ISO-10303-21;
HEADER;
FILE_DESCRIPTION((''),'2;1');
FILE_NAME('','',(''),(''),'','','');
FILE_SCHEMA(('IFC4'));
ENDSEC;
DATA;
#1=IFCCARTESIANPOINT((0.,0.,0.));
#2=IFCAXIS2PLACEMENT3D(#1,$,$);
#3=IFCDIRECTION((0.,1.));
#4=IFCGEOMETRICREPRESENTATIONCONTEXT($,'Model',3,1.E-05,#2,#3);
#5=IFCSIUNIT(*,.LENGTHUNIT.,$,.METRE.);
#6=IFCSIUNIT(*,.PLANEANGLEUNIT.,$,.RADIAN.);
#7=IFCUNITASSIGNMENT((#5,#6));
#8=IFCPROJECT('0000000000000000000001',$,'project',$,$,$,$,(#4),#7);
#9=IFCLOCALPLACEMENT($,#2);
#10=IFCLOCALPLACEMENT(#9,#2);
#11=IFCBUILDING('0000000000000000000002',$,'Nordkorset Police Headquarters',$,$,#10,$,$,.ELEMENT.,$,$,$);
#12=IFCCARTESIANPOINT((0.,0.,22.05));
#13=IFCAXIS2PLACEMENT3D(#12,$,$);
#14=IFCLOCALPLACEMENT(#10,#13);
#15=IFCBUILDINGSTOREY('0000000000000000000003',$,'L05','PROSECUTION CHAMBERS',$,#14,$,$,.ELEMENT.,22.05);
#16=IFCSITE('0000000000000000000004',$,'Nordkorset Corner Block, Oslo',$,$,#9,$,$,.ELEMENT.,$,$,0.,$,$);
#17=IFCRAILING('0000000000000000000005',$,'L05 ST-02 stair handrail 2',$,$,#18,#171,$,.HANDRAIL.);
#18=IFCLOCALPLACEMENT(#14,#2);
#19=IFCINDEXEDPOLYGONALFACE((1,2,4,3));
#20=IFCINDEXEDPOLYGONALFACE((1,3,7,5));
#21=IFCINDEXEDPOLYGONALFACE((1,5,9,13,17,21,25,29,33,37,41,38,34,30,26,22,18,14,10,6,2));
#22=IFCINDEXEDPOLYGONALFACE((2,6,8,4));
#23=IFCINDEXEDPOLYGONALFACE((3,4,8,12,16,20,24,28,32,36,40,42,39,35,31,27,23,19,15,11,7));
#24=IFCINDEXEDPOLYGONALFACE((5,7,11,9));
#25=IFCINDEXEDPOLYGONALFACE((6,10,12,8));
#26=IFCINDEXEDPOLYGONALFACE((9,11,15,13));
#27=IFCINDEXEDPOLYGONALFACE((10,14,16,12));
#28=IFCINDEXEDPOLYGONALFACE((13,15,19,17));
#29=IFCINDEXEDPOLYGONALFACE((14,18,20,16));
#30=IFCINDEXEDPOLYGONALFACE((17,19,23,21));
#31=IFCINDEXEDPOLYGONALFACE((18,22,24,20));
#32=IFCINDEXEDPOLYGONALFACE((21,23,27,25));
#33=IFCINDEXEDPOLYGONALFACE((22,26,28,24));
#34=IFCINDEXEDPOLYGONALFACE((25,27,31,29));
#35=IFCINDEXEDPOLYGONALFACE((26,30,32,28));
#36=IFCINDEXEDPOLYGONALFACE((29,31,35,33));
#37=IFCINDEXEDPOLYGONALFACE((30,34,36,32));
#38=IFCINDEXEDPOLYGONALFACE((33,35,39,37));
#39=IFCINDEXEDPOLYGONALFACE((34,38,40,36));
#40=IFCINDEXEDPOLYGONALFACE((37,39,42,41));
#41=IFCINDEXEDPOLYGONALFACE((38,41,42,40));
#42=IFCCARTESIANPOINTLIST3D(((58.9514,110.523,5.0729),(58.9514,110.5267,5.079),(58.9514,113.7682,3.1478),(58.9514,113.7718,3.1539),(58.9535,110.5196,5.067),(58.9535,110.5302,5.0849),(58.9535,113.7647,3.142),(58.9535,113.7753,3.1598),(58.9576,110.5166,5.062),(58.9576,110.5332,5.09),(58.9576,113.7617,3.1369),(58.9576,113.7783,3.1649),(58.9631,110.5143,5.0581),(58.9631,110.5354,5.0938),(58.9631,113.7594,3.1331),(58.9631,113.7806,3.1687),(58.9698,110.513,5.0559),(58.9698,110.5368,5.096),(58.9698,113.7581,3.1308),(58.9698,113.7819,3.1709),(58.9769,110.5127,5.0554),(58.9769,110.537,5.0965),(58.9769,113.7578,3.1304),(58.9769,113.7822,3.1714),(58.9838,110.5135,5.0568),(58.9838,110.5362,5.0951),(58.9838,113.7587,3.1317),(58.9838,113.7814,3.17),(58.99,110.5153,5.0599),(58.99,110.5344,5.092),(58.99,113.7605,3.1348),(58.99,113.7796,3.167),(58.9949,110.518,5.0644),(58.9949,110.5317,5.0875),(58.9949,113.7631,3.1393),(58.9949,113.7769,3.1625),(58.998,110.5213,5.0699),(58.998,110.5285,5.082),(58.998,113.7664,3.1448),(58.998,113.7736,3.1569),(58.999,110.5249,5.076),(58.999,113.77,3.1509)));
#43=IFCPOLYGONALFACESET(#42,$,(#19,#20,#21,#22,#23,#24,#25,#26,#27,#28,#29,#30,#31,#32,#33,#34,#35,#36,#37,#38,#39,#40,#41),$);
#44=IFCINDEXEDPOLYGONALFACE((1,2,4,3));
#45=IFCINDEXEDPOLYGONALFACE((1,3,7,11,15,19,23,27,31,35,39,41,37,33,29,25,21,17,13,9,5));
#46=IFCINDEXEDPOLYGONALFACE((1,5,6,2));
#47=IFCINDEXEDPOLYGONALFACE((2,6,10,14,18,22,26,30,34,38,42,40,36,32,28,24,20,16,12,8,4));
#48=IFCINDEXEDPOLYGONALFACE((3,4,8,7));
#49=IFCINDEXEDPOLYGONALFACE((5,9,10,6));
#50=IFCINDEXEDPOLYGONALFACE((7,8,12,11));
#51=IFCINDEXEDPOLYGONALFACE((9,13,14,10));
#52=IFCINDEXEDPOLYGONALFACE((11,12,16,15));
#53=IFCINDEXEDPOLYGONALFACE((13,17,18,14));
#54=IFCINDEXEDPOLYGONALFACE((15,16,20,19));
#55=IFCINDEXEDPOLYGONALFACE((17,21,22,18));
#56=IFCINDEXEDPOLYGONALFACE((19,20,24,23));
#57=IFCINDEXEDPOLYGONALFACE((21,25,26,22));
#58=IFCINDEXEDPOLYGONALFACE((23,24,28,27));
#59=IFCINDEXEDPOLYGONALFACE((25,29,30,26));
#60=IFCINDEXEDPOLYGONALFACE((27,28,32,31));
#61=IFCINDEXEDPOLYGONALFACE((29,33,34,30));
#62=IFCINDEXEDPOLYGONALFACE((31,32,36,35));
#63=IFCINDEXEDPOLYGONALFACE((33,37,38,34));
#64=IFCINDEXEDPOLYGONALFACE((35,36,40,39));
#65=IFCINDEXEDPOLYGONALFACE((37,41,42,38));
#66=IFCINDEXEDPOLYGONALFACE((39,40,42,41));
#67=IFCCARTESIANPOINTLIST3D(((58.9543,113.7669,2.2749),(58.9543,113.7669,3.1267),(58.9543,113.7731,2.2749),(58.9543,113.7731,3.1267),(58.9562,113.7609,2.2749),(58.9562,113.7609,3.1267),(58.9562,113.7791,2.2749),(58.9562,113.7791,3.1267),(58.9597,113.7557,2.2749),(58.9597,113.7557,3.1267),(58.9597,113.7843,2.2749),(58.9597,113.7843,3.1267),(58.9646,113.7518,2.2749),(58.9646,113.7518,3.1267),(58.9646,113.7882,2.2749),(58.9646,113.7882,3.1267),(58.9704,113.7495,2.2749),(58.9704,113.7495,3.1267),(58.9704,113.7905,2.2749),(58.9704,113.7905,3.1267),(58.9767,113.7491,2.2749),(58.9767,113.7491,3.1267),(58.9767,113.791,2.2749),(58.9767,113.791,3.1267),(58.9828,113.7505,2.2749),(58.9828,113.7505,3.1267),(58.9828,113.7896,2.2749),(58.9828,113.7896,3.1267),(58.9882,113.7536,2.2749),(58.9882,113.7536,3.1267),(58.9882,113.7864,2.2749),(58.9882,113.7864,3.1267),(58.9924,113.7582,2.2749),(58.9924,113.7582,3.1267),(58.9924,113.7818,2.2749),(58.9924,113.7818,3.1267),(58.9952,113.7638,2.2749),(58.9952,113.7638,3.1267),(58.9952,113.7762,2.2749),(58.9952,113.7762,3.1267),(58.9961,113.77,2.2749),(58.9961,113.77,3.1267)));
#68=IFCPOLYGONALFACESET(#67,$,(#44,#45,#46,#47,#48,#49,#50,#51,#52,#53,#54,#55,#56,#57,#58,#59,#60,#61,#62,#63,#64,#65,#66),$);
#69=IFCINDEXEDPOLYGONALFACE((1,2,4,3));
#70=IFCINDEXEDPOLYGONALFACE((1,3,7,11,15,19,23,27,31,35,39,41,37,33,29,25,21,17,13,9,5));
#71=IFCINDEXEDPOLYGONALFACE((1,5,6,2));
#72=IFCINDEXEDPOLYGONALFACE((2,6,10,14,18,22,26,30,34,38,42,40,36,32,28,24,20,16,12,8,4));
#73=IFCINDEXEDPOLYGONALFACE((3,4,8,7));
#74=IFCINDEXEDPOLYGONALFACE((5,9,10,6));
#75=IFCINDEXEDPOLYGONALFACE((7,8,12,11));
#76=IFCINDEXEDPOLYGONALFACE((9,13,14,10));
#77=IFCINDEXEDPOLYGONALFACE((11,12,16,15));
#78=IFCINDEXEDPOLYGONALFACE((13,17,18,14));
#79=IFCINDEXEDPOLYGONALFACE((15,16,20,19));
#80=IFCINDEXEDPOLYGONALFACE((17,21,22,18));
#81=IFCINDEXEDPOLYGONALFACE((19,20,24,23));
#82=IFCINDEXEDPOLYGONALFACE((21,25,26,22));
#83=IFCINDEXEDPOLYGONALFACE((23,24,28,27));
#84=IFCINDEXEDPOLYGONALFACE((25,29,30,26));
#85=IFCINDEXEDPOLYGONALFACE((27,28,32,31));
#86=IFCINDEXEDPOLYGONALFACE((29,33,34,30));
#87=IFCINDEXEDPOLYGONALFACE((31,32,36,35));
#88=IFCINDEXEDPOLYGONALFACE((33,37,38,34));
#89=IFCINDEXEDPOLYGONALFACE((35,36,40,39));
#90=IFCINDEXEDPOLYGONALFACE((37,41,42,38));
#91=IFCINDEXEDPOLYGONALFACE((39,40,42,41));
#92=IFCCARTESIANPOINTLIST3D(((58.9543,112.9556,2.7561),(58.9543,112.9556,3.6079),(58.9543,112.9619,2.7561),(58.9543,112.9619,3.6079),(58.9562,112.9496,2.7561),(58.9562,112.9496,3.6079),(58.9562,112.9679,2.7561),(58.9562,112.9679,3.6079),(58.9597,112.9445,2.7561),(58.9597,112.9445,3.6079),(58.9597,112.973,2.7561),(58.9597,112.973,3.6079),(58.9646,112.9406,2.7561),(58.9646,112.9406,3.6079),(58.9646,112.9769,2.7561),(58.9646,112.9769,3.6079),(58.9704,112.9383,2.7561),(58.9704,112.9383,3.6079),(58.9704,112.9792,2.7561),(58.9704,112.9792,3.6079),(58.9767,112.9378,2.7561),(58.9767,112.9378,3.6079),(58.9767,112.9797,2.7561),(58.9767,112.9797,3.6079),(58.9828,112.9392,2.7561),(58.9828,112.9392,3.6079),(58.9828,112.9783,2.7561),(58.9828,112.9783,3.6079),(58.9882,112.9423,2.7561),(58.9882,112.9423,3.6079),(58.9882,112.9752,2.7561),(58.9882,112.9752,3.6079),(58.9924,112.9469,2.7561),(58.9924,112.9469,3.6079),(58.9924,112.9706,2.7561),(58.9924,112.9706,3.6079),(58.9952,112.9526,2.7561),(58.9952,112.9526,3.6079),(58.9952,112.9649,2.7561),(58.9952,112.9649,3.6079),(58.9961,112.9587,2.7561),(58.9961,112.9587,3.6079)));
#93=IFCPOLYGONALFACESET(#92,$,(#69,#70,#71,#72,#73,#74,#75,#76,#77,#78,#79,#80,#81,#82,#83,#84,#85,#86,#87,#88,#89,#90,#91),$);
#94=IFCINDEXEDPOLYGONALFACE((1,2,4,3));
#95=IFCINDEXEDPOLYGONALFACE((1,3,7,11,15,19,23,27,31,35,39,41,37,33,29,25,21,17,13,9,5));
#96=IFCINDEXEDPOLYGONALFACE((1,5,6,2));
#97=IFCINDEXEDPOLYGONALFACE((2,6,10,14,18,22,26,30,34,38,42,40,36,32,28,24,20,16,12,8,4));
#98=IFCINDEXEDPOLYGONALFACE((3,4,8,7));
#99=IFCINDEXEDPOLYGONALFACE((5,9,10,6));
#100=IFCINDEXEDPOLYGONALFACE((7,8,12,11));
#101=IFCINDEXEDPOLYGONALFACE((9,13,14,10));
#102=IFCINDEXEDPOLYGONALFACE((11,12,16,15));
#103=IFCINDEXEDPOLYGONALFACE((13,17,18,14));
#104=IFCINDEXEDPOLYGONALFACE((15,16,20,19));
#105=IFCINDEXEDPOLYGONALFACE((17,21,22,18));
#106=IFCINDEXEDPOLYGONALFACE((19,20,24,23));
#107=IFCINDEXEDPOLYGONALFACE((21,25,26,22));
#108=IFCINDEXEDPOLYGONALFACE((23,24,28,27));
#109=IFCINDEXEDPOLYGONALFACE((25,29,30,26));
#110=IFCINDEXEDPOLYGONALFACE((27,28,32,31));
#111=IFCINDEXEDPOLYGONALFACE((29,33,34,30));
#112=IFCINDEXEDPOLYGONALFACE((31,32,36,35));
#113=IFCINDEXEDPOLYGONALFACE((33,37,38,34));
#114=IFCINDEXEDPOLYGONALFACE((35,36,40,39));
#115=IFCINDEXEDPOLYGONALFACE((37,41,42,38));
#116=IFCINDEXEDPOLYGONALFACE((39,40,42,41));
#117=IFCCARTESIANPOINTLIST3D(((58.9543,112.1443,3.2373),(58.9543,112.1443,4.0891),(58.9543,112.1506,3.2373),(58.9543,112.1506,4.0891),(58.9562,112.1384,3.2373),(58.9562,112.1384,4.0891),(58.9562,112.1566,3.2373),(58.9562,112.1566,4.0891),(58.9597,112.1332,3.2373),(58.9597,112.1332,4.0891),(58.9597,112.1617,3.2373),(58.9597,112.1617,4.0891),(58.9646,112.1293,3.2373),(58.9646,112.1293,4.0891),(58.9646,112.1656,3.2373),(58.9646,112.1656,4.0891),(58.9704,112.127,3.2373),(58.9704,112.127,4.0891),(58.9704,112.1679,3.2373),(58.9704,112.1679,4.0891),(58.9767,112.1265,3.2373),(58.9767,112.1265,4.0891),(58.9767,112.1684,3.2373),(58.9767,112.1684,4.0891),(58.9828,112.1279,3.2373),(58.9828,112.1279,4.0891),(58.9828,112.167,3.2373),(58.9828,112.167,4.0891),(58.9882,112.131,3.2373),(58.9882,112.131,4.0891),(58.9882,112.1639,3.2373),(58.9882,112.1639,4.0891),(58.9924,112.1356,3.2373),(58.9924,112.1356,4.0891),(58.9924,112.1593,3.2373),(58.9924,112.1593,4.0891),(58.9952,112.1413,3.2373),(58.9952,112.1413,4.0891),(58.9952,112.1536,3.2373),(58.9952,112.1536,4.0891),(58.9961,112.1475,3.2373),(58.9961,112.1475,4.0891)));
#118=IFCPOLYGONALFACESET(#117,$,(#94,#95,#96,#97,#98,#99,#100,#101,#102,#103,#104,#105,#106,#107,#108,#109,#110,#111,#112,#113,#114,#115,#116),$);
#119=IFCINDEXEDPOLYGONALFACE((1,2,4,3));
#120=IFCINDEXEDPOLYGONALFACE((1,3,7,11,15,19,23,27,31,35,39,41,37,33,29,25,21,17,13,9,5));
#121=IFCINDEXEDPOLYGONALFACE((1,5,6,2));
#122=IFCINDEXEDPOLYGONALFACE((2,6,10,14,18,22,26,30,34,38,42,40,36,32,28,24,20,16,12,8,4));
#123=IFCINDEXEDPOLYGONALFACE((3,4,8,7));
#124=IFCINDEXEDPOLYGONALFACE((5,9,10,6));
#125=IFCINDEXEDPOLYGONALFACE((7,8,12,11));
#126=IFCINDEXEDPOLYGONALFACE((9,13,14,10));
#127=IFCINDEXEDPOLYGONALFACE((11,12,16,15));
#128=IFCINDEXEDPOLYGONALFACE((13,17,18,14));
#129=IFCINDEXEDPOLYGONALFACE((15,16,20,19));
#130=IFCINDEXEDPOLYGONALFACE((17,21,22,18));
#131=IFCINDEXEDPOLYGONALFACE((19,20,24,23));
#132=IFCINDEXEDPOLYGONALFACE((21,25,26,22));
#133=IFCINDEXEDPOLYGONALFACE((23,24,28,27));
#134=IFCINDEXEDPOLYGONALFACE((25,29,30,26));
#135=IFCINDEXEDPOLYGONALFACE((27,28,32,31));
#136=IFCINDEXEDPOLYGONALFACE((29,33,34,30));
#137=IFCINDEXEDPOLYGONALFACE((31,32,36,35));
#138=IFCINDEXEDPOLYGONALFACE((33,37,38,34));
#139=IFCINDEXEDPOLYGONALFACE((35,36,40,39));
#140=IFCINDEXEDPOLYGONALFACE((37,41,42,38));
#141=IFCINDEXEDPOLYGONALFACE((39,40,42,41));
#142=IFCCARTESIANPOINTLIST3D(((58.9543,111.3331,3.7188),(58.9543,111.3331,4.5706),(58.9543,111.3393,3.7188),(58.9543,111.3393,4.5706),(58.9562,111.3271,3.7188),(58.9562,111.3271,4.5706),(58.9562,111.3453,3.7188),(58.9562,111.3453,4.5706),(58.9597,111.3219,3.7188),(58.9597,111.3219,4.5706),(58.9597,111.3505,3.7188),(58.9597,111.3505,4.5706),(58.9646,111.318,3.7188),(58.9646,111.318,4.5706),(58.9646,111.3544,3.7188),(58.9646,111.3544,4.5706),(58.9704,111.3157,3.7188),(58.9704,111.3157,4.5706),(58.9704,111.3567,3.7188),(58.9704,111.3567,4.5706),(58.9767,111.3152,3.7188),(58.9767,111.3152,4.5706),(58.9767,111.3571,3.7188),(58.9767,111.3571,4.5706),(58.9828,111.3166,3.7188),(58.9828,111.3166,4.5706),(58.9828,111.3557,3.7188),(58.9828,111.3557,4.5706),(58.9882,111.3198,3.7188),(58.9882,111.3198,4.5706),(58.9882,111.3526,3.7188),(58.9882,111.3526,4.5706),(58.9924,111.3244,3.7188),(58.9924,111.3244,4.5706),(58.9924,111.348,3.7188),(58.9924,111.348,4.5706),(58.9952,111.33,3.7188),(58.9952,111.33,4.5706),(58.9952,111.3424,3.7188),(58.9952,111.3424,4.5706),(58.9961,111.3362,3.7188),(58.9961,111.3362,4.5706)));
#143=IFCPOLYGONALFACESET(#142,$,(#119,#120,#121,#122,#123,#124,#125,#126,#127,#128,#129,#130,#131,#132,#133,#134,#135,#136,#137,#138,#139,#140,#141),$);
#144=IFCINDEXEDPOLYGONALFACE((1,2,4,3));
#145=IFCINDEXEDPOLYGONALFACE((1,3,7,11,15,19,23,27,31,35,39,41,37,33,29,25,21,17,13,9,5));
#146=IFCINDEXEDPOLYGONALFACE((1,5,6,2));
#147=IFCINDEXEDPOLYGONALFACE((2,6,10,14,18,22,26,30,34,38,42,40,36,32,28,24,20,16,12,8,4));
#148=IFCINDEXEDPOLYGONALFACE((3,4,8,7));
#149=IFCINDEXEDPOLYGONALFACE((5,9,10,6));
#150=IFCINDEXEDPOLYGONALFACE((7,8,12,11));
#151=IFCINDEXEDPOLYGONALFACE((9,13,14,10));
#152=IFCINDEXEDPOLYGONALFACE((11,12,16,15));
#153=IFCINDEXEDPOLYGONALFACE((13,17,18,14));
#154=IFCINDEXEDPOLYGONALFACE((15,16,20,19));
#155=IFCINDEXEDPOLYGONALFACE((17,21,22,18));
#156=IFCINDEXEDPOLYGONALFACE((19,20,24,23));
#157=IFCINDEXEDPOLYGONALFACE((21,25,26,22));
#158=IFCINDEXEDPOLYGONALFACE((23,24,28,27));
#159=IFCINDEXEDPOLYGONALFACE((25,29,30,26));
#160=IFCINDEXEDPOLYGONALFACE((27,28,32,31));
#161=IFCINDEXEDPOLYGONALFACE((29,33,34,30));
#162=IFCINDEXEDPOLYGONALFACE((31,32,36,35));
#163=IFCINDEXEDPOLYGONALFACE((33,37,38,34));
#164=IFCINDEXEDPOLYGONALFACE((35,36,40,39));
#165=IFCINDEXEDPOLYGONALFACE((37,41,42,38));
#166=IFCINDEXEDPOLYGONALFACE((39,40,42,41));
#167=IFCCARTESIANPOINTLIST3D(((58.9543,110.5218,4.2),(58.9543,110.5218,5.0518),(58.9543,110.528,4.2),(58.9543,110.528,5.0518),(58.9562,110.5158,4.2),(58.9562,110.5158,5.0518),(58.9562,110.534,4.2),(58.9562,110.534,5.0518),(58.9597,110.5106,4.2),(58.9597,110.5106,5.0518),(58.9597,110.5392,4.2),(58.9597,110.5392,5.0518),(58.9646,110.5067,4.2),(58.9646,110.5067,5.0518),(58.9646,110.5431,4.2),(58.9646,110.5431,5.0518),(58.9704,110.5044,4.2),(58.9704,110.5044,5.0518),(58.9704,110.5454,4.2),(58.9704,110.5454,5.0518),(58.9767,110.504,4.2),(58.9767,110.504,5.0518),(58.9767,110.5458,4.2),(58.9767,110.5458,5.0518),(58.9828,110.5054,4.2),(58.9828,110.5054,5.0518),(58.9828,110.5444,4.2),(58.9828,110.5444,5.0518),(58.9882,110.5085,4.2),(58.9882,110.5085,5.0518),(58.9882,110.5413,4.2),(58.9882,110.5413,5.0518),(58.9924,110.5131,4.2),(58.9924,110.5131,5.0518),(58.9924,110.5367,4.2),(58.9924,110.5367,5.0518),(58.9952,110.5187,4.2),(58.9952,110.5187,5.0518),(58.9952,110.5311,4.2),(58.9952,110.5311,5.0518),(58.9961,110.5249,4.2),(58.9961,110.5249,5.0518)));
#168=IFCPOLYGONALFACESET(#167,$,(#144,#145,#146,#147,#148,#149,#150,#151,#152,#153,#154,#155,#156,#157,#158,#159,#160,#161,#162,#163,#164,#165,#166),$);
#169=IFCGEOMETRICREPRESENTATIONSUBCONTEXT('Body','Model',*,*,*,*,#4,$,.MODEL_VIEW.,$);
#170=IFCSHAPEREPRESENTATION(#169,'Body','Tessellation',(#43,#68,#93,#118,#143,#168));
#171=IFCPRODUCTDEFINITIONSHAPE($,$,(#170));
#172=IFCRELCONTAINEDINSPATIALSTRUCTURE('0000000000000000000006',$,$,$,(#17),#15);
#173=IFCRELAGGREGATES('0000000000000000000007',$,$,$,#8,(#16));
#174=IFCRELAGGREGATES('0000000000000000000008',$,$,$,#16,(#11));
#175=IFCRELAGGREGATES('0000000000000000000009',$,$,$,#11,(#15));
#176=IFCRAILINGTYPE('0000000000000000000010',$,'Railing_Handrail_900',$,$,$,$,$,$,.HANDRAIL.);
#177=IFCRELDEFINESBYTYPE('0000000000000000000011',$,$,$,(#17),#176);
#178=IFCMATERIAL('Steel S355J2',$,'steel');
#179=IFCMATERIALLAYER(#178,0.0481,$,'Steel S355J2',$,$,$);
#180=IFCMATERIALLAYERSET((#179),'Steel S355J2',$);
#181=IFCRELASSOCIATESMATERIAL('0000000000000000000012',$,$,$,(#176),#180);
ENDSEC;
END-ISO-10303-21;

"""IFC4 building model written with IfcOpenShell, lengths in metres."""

from ifc_helpers import new_model, si_unit, direction, frame, origin, origin_2d, place, context, subcontext, project, spatial, circle, extrude, material, layer, layer_set, type_object, element, save


model = new_model("IFC4")

# Units and contexts
model_context = context("Model", 3, precision=1e-05, world=origin(), true_north=direction((0.0, 1.0)))
body_context = subcontext(model_context, "Body", "Model", "MODEL_VIEW")
ifc_project = project(units=[si_unit("LENGTHUNIT", "METRE"), si_unit("PLANEANGLEUNIT", "RADIAN")], contexts=[model_context])

# Site, building, storey
site_placement = place(None, origin())
site = spatial("IfcSite", under=ifc_project, at=site_placement, Name="Nordkorset Corner Block, Oslo", CompositionType="ELEMENT", RefElevation=0.0)
building_placement = place(site_placement, origin())
building = spatial("IfcBuilding", under=site, at=building_placement, Name="Nordkorset Police Headquarters", CompositionType="ELEMENT")
storey_placement = place(building_placement, frame((0.0, 0.0, 22.05)))
storey = spatial("IfcBuildingStorey", under=building, at=storey_placement, Name="L05", Description="PROSECUTION CHAMBERS", CompositionType="ELEMENT", Elevation=22.05)

# Railing
ifc_material_1 = material(Name="Steel S355J2", Category="steel")
ifc_layer_1 = layer(ifc_material_1, 0.0481, Name="Steel S355J2")
ifc_layer_set_1 = layer_set([ifc_layer_1], Name="Steel S355J2")
railing_type_1 = type_object("IfcRailingType", Name="Railing_Handrail_900", PredefinedType="HANDRAIL", material=ifc_layer_set_1)
railing_1_placement = place(storey_placement, frame((58.9751, 113.77, 2.2749)))
element("IfcRailing", 1, at=railing_1_placement, inside=storey, type_object=railing_type_1, Name="L05 ST-02 stair handrail 2", PredefinedType="HANDRAIL", context=body_context, shape_type="SweptSolid", body=[
    extrude(circle(Radius=0.0239, at=origin_2d()), frame((0.0, 0.0, 0.876), z_axis=(0.0, -0.860057, 0.510198), x_axis=(1.0, 0.0, 0.0)), (0.0, 0.0, 1.0), 3.7732),
    extrude(circle(Radius=0.021, at=origin_2d()), origin(), (0.0, 0.0, 1.0), 0.8518),
    extrude(circle(Radius=0.021, at=origin_2d()), frame((0.0, -0.8113, 0.4812)), (0.0, 0.0, 1.0), 0.8518),
    extrude(circle(Radius=0.021, at=origin_2d()), frame((0.0, -1.6226, 0.9624)), (0.0, 0.0, 1.0), 0.8518),
    extrude(circle(Radius=0.021, at=origin_2d()), frame((0.0, -2.4338, 1.4438)), (0.0, 0.0, 1.0), 0.8518),
    extrude(circle(Radius=0.021, at=origin_2d()), frame((0.0, -3.2451, 1.925)), (0.0, 0.0, 1.0), 0.8518),
])

save(model, "model.ifc")
